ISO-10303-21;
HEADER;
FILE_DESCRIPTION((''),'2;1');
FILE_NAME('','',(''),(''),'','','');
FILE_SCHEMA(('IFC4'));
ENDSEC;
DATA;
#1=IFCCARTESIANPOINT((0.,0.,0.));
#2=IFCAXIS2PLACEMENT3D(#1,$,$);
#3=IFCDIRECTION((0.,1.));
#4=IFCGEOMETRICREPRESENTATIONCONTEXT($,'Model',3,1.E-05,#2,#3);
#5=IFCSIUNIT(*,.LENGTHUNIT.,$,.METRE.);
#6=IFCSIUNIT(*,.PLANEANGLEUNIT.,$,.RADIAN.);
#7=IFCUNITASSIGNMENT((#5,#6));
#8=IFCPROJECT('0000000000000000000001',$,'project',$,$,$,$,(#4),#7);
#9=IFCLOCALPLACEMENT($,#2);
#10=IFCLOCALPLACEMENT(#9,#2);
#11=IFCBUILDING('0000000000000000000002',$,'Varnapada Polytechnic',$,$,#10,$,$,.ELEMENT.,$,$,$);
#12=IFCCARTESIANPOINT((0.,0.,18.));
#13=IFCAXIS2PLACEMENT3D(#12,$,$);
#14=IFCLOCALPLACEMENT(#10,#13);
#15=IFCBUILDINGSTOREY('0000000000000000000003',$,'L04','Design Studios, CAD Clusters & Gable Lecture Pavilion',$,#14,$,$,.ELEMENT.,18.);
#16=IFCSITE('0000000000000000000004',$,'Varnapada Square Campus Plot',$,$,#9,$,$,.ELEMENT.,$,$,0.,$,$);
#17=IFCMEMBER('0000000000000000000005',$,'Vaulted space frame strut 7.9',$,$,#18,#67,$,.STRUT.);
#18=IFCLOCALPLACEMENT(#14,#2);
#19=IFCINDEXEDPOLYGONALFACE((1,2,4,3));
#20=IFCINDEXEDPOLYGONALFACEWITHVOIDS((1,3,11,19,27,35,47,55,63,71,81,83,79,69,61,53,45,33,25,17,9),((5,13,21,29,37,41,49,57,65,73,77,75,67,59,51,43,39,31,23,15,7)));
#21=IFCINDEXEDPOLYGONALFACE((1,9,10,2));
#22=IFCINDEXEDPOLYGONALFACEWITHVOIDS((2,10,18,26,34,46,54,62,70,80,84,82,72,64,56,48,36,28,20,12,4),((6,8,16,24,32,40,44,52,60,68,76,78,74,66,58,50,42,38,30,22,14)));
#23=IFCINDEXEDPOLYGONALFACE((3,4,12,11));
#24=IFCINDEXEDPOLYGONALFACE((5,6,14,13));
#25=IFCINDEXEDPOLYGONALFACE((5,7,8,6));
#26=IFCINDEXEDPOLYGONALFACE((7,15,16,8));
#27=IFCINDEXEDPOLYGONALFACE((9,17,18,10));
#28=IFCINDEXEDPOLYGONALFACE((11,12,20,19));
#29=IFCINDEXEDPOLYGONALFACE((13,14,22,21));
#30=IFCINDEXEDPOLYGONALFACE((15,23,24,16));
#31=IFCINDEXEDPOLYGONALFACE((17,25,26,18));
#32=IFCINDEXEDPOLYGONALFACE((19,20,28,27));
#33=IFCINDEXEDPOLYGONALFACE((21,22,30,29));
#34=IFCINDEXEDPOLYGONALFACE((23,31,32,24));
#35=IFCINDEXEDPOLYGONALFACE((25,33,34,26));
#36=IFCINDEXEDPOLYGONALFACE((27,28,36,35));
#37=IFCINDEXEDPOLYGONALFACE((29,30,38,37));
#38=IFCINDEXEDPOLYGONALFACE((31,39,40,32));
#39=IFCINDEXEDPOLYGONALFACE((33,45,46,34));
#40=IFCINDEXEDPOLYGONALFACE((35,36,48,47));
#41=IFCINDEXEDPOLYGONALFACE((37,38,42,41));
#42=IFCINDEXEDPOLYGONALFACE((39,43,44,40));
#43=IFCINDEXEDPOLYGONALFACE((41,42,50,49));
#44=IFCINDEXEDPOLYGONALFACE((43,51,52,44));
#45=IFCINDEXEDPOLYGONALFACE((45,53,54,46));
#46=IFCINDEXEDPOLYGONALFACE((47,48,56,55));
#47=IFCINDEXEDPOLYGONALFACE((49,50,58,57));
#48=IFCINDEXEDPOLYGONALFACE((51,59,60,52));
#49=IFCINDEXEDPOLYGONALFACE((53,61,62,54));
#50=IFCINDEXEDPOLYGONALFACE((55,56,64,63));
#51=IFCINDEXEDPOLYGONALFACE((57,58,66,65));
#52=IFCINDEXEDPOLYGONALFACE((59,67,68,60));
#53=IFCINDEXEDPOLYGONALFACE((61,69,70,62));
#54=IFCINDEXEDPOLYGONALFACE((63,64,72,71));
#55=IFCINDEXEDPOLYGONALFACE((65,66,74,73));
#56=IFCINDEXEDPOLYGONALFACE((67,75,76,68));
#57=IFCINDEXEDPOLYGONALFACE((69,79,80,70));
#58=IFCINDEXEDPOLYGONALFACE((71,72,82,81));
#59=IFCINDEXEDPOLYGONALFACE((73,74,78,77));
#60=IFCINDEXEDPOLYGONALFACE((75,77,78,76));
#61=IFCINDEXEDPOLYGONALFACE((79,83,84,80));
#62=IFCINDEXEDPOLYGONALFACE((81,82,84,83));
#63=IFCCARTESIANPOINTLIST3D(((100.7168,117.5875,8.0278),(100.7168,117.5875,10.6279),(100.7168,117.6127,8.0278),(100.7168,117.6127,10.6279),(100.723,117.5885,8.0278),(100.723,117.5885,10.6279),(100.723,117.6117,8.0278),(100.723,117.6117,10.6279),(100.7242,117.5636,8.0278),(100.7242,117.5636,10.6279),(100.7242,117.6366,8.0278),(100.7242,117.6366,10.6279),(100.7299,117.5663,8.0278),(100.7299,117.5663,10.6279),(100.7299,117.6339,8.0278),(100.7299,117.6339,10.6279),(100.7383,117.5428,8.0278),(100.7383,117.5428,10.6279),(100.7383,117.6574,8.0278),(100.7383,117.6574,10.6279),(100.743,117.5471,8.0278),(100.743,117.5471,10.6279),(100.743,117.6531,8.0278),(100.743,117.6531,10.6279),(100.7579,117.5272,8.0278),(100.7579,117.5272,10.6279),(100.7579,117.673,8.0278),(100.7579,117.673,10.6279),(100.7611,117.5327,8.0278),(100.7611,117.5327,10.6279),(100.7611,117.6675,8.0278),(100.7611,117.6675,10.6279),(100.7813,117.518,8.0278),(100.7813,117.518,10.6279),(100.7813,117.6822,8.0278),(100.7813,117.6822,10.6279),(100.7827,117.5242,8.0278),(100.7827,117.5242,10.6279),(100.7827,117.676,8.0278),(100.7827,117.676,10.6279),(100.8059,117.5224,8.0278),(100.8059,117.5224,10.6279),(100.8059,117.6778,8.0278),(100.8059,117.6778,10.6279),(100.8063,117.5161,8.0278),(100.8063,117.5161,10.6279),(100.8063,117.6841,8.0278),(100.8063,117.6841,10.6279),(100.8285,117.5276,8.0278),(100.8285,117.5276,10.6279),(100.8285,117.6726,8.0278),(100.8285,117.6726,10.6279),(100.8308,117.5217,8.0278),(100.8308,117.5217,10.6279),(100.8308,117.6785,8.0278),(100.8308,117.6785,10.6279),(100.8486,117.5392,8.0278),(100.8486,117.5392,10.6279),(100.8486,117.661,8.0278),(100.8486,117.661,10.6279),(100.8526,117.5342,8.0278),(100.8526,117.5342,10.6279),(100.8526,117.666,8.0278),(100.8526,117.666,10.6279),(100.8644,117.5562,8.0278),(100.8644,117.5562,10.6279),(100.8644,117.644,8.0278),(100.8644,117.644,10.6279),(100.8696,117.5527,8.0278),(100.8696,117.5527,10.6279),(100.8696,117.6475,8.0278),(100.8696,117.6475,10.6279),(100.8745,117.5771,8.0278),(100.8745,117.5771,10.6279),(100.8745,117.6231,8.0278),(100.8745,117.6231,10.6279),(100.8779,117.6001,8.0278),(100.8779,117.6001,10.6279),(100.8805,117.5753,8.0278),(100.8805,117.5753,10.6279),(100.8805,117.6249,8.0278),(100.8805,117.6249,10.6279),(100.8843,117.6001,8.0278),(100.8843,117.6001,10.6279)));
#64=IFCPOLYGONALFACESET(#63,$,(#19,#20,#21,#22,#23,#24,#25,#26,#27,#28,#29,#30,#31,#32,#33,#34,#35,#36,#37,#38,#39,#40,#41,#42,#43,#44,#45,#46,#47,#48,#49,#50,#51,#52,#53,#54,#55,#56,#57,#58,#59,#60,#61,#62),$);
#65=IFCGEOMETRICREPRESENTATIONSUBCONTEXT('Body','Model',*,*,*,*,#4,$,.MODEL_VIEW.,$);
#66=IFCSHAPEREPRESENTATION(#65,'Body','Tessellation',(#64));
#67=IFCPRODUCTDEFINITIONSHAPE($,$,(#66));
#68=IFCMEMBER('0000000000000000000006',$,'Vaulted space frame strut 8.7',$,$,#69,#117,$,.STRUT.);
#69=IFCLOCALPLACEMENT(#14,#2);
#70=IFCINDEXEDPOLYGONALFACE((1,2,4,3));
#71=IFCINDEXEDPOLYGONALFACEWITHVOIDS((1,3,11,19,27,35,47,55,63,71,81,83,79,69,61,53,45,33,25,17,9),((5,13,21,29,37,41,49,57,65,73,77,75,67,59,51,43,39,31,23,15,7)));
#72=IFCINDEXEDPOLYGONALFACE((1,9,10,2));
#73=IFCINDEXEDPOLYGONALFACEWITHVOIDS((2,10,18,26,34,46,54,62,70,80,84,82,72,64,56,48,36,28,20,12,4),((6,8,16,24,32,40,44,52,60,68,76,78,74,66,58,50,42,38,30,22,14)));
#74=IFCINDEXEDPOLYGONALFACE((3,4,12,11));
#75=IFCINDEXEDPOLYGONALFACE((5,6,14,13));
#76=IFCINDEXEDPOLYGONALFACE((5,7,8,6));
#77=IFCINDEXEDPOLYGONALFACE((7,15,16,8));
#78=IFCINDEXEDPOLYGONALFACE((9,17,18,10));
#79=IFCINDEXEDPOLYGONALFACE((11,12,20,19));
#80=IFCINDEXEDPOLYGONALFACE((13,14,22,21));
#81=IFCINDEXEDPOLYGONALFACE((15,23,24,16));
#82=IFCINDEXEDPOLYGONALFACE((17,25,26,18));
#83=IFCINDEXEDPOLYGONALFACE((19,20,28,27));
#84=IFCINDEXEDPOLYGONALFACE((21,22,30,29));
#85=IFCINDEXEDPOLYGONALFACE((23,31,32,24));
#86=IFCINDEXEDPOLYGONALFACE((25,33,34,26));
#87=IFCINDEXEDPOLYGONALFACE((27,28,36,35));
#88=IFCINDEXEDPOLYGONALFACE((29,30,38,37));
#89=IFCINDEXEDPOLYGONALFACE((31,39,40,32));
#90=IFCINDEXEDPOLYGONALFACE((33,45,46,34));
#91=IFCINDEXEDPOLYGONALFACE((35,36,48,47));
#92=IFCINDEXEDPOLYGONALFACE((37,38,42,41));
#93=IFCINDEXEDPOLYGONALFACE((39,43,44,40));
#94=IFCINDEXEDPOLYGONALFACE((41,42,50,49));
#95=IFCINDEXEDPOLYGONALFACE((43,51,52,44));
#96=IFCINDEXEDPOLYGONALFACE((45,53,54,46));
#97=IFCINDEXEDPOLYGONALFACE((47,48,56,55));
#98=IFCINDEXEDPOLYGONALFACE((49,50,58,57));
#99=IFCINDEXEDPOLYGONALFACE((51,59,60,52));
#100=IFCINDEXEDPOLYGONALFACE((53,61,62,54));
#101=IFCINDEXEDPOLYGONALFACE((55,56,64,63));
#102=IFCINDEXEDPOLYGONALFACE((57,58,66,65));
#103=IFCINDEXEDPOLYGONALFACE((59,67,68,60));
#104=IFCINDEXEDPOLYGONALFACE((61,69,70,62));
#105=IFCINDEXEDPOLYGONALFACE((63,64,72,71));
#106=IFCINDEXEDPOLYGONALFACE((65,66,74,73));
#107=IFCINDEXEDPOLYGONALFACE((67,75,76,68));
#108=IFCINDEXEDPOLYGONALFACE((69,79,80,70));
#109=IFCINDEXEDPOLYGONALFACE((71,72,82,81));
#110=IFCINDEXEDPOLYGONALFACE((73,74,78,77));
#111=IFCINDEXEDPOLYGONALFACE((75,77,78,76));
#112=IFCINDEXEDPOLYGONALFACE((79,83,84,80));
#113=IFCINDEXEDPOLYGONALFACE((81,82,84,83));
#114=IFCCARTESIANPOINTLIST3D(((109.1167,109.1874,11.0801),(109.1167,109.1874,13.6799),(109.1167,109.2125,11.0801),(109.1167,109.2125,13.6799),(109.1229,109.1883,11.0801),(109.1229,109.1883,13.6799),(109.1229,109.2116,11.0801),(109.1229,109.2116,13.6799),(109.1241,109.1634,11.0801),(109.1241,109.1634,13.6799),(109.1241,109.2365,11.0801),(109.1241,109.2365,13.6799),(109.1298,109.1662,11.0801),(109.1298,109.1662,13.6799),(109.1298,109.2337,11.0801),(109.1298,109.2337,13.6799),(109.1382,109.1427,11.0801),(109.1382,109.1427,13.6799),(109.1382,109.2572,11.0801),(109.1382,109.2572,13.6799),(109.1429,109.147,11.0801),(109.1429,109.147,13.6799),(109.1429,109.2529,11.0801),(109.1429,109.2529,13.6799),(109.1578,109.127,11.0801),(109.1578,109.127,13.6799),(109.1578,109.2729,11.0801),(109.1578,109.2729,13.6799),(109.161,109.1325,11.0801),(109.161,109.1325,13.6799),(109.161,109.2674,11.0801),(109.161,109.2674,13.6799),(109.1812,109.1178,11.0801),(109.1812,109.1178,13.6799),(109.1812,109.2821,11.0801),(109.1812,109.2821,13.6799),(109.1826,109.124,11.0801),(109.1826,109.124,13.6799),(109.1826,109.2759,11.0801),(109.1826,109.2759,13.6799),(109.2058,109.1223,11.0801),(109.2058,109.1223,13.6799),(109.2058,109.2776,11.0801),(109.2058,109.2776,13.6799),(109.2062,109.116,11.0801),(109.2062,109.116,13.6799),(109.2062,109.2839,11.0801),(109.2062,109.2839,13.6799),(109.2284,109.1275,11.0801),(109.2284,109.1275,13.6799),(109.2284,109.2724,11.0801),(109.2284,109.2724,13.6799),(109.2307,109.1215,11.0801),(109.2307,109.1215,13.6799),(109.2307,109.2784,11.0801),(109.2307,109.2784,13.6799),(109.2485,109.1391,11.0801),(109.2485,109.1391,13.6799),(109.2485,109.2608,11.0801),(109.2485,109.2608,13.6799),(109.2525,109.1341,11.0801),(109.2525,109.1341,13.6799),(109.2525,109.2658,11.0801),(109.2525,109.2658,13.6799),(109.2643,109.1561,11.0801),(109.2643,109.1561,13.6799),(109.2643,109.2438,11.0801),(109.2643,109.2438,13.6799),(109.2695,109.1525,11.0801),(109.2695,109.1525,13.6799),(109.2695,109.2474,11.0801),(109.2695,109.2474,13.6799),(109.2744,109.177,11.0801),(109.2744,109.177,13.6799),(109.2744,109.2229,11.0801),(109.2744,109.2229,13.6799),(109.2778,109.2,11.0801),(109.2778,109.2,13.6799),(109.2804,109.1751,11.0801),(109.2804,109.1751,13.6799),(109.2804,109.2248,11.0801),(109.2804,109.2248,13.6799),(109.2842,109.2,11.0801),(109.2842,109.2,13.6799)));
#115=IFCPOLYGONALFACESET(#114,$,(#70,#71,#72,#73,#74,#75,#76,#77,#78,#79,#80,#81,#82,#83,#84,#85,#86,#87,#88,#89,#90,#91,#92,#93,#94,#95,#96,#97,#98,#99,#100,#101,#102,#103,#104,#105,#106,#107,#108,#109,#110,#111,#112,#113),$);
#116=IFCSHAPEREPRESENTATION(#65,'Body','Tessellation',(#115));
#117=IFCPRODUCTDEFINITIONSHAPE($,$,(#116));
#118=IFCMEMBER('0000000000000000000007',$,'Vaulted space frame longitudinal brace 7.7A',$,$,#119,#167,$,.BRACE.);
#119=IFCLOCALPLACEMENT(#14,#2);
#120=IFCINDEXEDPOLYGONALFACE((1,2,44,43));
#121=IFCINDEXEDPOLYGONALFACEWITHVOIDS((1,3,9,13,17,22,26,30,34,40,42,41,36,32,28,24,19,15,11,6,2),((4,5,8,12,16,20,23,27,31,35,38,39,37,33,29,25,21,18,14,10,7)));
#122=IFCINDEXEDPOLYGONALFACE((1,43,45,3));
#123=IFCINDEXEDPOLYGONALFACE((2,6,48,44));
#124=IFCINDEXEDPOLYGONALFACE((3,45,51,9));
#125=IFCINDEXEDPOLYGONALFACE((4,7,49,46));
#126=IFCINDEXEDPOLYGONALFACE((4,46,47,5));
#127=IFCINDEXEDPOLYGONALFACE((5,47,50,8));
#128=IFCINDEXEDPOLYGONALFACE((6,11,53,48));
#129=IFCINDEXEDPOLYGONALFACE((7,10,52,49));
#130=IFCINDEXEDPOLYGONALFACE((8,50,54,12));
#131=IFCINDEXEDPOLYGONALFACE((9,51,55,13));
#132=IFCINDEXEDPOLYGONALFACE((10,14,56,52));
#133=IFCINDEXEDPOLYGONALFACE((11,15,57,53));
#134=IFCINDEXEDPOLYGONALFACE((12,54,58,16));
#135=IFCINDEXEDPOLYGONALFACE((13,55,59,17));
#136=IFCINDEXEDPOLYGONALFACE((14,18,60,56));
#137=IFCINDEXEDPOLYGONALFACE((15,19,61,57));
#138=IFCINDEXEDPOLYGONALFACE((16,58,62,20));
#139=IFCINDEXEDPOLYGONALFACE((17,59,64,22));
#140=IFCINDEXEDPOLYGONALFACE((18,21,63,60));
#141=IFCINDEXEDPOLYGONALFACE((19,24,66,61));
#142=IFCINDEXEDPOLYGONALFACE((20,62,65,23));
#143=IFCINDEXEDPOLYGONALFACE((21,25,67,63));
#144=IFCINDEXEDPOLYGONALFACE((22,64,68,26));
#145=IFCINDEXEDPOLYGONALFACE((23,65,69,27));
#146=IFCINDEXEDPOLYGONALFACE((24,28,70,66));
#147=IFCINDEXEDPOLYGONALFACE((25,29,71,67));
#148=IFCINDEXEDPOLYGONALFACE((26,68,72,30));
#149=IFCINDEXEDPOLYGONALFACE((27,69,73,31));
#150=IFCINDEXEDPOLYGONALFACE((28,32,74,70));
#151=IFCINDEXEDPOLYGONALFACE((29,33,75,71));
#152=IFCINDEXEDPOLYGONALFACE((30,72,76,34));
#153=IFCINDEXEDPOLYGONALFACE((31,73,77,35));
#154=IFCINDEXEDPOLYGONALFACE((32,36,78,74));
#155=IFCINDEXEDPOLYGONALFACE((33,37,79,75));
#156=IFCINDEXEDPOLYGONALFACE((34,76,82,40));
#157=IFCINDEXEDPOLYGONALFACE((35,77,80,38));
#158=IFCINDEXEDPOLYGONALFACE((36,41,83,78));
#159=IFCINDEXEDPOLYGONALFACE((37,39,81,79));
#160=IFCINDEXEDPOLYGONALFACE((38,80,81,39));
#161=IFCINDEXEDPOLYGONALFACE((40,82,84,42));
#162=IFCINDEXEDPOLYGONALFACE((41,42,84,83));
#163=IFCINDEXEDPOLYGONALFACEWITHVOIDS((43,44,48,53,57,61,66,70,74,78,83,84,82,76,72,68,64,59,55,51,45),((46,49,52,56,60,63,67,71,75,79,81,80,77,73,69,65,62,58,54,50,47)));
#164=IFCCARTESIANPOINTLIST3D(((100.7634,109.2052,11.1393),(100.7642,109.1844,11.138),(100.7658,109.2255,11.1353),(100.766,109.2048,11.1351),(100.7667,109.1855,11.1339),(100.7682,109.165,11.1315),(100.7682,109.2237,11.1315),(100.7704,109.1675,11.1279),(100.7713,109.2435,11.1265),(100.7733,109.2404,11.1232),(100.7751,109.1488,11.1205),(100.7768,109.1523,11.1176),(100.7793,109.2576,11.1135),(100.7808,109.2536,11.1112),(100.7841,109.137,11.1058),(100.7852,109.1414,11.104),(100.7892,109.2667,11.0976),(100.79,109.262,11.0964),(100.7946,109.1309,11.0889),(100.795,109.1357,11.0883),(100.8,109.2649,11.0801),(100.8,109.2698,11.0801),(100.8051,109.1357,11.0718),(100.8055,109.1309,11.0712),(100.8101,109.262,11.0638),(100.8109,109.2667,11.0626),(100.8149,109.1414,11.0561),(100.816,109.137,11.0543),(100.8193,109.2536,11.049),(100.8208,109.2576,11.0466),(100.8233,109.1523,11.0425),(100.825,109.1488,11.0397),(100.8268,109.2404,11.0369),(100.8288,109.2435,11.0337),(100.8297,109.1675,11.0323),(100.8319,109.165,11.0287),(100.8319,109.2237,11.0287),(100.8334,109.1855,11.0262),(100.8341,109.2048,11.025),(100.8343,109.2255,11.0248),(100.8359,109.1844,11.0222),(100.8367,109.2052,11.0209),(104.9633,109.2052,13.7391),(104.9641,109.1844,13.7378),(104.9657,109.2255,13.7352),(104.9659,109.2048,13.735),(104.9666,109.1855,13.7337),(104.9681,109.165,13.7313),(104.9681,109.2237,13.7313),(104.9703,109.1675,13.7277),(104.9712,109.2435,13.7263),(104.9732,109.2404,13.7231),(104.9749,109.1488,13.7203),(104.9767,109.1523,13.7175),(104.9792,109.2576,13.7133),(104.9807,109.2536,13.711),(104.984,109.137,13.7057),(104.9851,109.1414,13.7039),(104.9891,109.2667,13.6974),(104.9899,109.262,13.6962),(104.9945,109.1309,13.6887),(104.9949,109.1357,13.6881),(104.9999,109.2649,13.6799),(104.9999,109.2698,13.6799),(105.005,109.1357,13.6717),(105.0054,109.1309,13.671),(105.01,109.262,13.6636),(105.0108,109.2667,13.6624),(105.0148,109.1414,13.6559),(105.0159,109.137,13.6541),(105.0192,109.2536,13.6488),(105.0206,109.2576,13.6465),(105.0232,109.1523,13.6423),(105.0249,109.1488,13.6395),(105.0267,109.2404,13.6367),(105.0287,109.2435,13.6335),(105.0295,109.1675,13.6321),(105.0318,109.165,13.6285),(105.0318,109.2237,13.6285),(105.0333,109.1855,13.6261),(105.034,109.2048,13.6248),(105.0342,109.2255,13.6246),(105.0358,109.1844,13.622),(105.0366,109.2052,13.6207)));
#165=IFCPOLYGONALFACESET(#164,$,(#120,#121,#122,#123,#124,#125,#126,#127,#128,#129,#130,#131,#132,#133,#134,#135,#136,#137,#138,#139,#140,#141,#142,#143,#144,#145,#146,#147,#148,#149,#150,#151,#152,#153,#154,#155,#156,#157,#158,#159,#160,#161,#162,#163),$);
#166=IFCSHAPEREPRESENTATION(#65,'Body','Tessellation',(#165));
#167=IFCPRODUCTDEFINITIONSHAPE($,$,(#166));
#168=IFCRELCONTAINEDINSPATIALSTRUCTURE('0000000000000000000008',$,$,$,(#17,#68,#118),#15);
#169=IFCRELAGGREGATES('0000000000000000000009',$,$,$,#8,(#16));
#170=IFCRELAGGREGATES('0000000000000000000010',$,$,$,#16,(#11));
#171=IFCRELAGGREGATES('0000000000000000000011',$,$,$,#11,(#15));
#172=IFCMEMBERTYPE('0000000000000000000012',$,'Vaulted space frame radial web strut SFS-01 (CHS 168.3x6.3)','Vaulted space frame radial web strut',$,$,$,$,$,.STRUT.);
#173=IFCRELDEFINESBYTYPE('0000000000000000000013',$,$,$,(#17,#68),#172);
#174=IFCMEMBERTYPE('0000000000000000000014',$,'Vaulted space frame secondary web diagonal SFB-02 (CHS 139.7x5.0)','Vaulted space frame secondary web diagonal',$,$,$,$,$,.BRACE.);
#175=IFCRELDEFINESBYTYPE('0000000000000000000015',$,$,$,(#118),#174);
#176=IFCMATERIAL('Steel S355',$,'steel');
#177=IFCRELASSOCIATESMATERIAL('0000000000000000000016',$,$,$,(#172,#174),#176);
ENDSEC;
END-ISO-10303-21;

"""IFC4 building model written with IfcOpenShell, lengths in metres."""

from ifc_helpers import new_model, si_unit, direction, frame, origin, origin_2d, place, context, subcontext, project, spatial, hollow_circle, extrude, material, material_profile, profile_set, type_object, element, save


model = new_model("IFC4")

# Units and contexts
model_context = context("Model", 3, precision=1e-05, world=origin(), true_north=direction((0.0, 1.0)))
body_context = subcontext(model_context, "Body", "Model", "MODEL_VIEW")
ifc_project = project(units=[si_unit("LENGTHUNIT", "METRE"), si_unit("PLANEANGLEUNIT", "RADIAN")], contexts=[model_context])

# Site, building, storey
site_placement = place(None, origin())
site = spatial("IfcSite", under=ifc_project, at=site_placement, Name="Varnapada Square Campus Plot", CompositionType="ELEMENT", RefElevation=0.0)
building_placement = place(site_placement, origin())
building = spatial("IfcBuilding", under=site, at=building_placement, Name="Varnapada Polytechnic", CompositionType="ELEMENT")
storey_placement = place(building_placement, frame((0.0, 0.0, 18.0)))
storey = spatial("IfcBuildingStorey", under=building, at=storey_placement, Name="L04", Description="Design Studios, CAD Clusters & Gable Lecture Pavilion", CompositionType="ELEMENT", Elevation=18.0)

# Shared definitions
ifc_material = material(Name="Steel S355", Category="steel")

# Members
ifc_material_profile_1 = material_profile(ifc_material, hollow_circle(Radius=0.0842, WallThickness=0.0063, at=origin_2d()), Name="CHS 168.3x6.3")
ifc_profile_set_1 = profile_set([ifc_material_profile_1], Name="Steel S355")
member_type_1 = type_object("IfcMemberType", Name="Vaulted space frame radial web strut SFS-01 (CHS 168.3x6.3)", Description="Vaulted space frame radial web strut", PredefinedType="STRUT", material=ifc_profile_set_1)
member_1_placement = place(storey_placement, frame((100.8, 117.6001, 8.0278), z_axis=(0.0, 0.0, 1.0), x_axis=(1.0, 0.0, 0.0)))
element("IfcMember", 1, at=member_1_placement, inside=storey, type_object=member_type_1, Name="Vaulted space frame strut 7.9", PredefinedType="STRUT", context=body_context, shape_type="SweptSolid", body=[
    extrude(hollow_circle(Radius=0.0842, WallThickness=0.0063, at=origin_2d()), origin(), (0.0, 0.0, 1.0), 2.6001),
])
member_2_placement = place(storey_placement, frame((109.2, 109.2, 11.0801), z_axis=(0.0, 0.0, 1.0), x_axis=(1.0, 0.0, 0.0)))
element("IfcMember", 2, at=member_2_placement, inside=storey, type_object=member_type_1, Name="Vaulted space frame strut 8.7", PredefinedType="STRUT", context=body_context, shape_type="SweptSolid", body=[
    extrude(hollow_circle(Radius=0.0842, WallThickness=0.0063, at=origin_2d()), origin(), (0.0, 0.0, 1.0), 2.5999),
])
ifc_material_profile_2 = material_profile(ifc_material, hollow_circle(Radius=0.0698, WallThickness=0.0049, at=origin_2d()), Name="CHS 139.7x5.0")
ifc_profile_set_2 = profile_set([ifc_material_profile_2], Name="Steel S355")
member_type_2 = type_object("IfcMemberType", Name="Vaulted space frame secondary web diagonal SFB-02 (CHS 139.7x5.0)", Description="Vaulted space frame secondary web diagonal", PredefinedType="BRACE", material=ifc_profile_set_2)
for number, where, z_axis, x_axis, name in (
    (3, (100.8, 109.2, 11.0801), (0.850276, 0.0, 0.526338), (0.0, 1.0, 0.0), "Vaulted space frame longitudinal brace 7.7A"),
):
    element("IfcMember", number, at=place(storey_placement, frame(where, z_axis=z_axis, x_axis=x_axis)), inside=storey, type_object=member_type_2, Name=name, PredefinedType="BRACE", context=body_context, shape_type="SweptSolid", body=[
        extrude(hollow_circle(Radius=0.0698, WallThickness=0.0049, at=origin_2d()), origin(), (0.0, 0.0, 1.0), 4.9395),
    ])

save(model, "model.ifc")
